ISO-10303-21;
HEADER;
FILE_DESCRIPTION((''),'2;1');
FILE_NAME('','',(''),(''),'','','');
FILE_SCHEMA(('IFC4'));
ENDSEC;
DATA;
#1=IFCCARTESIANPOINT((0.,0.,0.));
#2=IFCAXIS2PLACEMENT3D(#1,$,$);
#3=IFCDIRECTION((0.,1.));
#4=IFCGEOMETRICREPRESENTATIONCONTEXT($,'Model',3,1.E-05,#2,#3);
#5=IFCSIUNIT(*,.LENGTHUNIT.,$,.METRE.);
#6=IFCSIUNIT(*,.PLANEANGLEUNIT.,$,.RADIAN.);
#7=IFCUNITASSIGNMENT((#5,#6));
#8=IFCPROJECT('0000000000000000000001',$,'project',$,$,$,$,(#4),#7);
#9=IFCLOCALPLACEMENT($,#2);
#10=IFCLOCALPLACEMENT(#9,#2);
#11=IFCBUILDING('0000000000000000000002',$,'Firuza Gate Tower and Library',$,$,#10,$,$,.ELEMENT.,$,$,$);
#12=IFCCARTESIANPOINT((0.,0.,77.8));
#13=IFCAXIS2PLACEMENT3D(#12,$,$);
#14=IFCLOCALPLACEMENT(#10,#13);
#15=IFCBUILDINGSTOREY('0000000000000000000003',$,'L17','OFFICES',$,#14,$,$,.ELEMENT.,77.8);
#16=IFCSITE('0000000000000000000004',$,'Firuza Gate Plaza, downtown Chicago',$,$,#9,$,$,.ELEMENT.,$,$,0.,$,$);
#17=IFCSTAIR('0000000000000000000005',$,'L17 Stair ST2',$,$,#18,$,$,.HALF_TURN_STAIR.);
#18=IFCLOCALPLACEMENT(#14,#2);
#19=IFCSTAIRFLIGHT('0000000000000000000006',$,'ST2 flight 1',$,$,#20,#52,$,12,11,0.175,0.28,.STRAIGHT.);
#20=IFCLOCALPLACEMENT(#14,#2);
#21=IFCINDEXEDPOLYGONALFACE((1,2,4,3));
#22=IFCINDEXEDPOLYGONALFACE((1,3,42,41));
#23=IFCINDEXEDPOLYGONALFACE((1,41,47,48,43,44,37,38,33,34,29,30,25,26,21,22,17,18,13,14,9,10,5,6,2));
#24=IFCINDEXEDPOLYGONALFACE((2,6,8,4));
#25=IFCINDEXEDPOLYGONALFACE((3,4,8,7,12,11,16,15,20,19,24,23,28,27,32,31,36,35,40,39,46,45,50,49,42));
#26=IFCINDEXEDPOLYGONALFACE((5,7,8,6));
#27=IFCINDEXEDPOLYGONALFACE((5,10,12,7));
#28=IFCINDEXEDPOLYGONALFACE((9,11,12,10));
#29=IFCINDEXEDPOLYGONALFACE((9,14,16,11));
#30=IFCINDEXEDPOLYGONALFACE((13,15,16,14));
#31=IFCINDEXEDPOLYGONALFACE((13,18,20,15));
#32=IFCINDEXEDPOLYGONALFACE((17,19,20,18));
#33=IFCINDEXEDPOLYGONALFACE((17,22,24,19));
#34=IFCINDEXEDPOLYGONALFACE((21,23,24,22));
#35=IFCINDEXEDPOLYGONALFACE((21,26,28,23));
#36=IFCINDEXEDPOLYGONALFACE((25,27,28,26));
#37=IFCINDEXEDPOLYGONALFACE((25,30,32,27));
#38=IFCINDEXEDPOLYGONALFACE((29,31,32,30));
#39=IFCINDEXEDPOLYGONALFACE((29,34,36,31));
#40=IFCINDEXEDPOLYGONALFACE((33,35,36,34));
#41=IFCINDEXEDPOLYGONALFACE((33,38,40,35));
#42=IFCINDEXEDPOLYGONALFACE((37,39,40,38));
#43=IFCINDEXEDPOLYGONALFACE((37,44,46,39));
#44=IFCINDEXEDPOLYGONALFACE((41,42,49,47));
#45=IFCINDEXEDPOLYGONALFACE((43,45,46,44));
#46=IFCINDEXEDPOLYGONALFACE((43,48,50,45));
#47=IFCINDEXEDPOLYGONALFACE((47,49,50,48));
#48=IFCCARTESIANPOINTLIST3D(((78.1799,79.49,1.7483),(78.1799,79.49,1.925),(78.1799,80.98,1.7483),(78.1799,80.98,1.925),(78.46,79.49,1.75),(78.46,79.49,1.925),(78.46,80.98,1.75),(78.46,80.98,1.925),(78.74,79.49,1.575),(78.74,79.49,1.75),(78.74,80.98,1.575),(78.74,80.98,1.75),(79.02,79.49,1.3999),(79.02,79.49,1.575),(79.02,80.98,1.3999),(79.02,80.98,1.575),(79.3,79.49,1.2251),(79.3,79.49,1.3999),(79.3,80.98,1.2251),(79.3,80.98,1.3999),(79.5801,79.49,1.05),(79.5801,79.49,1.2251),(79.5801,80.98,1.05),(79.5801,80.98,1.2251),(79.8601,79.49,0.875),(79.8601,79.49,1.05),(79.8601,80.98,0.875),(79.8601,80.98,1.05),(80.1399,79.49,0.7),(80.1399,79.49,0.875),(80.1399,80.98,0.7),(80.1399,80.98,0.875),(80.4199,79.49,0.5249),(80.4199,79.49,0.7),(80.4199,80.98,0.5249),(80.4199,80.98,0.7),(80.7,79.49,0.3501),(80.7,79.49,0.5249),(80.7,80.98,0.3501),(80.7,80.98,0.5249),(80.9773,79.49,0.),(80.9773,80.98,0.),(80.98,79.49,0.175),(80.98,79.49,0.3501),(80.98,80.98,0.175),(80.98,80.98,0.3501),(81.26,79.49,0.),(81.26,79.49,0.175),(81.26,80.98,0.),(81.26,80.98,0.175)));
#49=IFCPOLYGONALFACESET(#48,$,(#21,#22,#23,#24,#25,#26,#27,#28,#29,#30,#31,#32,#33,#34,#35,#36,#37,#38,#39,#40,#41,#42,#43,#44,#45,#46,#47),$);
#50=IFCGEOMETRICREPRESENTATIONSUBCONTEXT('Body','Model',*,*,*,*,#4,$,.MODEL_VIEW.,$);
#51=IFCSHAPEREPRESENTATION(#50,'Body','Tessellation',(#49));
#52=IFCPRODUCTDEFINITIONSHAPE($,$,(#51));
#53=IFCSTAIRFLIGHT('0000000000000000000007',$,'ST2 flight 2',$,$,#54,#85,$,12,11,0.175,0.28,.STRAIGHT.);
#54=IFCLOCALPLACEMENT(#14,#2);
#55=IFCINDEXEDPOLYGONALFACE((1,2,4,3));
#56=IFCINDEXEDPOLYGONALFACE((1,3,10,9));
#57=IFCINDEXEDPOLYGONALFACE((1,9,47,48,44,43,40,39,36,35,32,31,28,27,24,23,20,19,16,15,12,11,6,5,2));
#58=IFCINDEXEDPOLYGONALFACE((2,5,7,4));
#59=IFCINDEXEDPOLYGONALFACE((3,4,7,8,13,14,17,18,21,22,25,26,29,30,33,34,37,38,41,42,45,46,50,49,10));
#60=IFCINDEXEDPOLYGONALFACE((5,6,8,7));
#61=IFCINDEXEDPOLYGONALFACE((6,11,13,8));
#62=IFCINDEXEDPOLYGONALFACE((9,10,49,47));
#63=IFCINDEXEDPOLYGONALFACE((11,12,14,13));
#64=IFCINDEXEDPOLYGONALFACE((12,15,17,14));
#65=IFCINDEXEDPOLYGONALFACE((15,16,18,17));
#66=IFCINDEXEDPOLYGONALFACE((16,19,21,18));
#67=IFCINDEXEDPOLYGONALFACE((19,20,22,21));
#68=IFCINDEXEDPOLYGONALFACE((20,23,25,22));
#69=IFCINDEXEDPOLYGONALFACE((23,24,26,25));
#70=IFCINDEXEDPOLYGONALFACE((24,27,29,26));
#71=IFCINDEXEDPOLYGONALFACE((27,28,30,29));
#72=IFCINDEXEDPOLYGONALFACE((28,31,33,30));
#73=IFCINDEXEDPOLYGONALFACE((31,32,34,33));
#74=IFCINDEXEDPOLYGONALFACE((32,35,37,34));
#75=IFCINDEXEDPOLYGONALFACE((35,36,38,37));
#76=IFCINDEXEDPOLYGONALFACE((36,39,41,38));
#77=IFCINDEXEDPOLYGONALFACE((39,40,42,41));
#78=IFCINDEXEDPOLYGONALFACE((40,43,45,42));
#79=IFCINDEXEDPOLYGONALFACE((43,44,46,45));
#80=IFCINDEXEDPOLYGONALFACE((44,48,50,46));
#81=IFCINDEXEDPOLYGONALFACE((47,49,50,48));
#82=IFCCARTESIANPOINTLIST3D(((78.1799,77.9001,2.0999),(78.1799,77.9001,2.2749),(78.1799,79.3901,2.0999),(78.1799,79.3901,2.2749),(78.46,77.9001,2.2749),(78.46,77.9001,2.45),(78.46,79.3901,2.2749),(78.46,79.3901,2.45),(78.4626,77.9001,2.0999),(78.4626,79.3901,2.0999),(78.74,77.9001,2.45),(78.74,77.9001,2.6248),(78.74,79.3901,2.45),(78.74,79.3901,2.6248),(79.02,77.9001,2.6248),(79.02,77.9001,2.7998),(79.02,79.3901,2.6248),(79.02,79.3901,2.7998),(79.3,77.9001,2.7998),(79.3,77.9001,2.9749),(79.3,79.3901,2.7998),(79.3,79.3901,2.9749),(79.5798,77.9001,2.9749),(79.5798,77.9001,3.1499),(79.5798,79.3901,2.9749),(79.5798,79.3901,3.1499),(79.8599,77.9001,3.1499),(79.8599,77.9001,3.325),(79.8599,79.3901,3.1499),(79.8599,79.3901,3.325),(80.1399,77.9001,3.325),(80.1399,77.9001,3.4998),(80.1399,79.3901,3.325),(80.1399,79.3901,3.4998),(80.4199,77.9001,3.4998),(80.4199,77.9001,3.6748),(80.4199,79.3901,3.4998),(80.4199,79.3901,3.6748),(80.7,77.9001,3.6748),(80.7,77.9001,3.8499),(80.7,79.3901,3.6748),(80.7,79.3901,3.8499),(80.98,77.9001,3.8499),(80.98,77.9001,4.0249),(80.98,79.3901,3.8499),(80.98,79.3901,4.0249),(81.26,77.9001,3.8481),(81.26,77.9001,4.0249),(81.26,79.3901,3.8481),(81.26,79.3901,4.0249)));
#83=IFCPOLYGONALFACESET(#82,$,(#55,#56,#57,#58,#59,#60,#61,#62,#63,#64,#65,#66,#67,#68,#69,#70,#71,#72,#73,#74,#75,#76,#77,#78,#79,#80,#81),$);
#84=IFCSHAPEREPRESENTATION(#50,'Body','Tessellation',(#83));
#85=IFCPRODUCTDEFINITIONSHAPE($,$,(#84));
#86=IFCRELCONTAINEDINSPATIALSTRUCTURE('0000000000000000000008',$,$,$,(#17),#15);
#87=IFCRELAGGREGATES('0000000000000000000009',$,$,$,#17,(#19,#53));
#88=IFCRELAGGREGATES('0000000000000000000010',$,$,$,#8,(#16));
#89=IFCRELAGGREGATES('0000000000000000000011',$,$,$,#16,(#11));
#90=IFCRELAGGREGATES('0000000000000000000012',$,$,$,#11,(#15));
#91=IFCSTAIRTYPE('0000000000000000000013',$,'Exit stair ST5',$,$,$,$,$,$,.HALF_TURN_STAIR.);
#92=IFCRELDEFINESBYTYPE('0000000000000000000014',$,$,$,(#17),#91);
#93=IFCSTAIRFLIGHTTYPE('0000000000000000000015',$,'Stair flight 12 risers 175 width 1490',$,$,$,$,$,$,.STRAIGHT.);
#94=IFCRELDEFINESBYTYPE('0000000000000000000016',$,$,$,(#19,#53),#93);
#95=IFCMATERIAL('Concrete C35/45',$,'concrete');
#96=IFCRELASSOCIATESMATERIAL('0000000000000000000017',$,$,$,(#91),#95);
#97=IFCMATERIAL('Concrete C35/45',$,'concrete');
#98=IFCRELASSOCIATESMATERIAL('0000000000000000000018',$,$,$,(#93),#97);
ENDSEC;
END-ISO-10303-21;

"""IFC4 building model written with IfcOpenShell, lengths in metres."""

from ifc_helpers import new_model, si_unit, direction, frame, origin, place, context, subcontext, project, spatial, polyline, outline, extrude, material, type_object, element, aggregate, save


model = new_model("IFC4")

# Units and contexts
model_context = context("Model", 3, precision=1e-05, world=origin(), true_north=direction((0.0, 1.0)))
body_context = subcontext(model_context, "Body", "Model", "MODEL_VIEW")
ifc_project = project(units=[si_unit("LENGTHUNIT", "METRE"), si_unit("PLANEANGLEUNIT", "RADIAN")], contexts=[model_context])

# Site, building, storey
site_placement = place(None, origin())
site = spatial("IfcSite", under=ifc_project, at=site_placement, Name="Firuza Gate Plaza, downtown Chicago", CompositionType="ELEMENT", RefElevation=0.0)
building_placement = place(site_placement, origin())
building = spatial("IfcBuilding", under=site, at=building_placement, Name="Firuza Gate Tower and Library", CompositionType="ELEMENT")
storey_placement = place(building_placement, frame((0.0, 0.0, 77.8)))
storey = spatial("IfcBuildingStorey", under=building, at=storey_placement, Name="L17", Description="OFFICES", CompositionType="ELEMENT", Elevation=77.8)

# Shared definitions
placement = place(storey_placement, origin())

# Stair, stair flights
ifc_material_1 = material(Name="Concrete C35/45", Category="concrete")
stair_type_1 = type_object("IfcStairType", Name="Exit stair ST5", PredefinedType="HALF_TURN_STAIR", material=ifc_material_1)
stair_1 = element("IfcStair", 1, at=placement, inside=storey, type_object=stair_type_1, Name="L17 Stair ST2", PredefinedType="HALF_TURN_STAIR")
ifc_material_2 = material(Name="Concrete C35/45", Category="concrete")
stair_flight_type_1 = type_object("IfcStairFlightType", Name="Stair flight 12 risers 175 width 1490", PredefinedType="STRAIGHT", material=ifc_material_2)
stair_flight_1_placement = place(storey_placement, frame((81.26, 80.2351, 0.0), z_axis=(0.0, 0.0, 1.0), x_axis=(-1.0, 0.0, 0.0)))
stair_flight_1 = element("IfcStairFlight", 2, at=stair_flight_1_placement, type_object=stair_flight_type_1, Name="ST2 flight 1", NumberOfRisers=12, NumberOfTreads=11, PredefinedType="STRAIGHT", RiserHeight=0.175, TreadLength=0.28, context=body_context, shape_type="SweptSolid", body=[
    extrude(outline(polyline([(0.0, 0.0), (0.0, 0.175), (0.28, 0.175), (0.28, 0.3501), (0.5601, 0.3501), (0.5601, 0.5249), (0.8401, 0.5249), (0.8401, 0.7), (1.1201, 0.7), (1.1201, 0.875), (1.3999, 0.875), (1.3999, 1.05), (1.6799, 1.05), (1.6799, 1.2251), (1.96, 1.2251), (1.96, 1.3999), (2.24, 1.3999), (2.24, 1.575), (2.52, 1.575), (2.52, 1.75), (2.8, 1.75), (2.8, 1.925), (3.0801, 1.925), (3.0801, 2.1001), (3.0801, 1.7483), (0.2827, 0.0), (0.0, 0.0)])), frame((0.0, 0.7451, 0.0), z_axis=(0.0, -1.0, 0.0), x_axis=(1.0, 0.0, 0.0)), (0.0, 0.0, 1.0), 1.49),
])
stair_flight_2_placement = place(storey_placement, frame((78.1799, 78.645, 2.0999), z_axis=(0.0, 0.0, 1.0), x_axis=(1.0, 0.0, 0.0)))
stair_flight_2 = element("IfcStairFlight", 3, at=stair_flight_2_placement, type_object=stair_flight_type_1, Name="ST2 flight 2", NumberOfRisers=12, NumberOfTreads=11, PredefinedType="STRAIGHT", RiserHeight=0.175, TreadLength=0.28, context=body_context, shape_type="SweptSolid", body=[
    extrude(outline(polyline([(0.0, 0.0), (0.0, 0.175), (0.28, 0.175), (0.28, 0.3501), (0.5601, 0.3501), (0.5601, 0.5249), (0.8401, 0.5249), (0.8401, 0.7), (1.1201, 0.7), (1.1201, 0.875), (1.3999, 0.875), (1.3999, 1.05), (1.6799, 1.05), (1.6799, 1.2251), (1.96, 1.2251), (1.96, 1.3999), (2.24, 1.3999), (2.24, 1.575), (2.52, 1.575), (2.52, 1.75), (2.8, 1.75), (2.8, 1.925), (3.0801, 1.925), (3.0801, 2.1001), (3.0801, 1.7483), (0.2827, 0.0), (0.0, 0.0)])), frame((0.0, 0.7451, 0.0), z_axis=(0.0, -1.0, 0.0), x_axis=(1.0, 0.0, 0.0)), (0.0, 0.0, 1.0), 1.49),
])
aggregate(stair_1, [stair_flight_1, stair_flight_2])

save(model, "model.ifc")
